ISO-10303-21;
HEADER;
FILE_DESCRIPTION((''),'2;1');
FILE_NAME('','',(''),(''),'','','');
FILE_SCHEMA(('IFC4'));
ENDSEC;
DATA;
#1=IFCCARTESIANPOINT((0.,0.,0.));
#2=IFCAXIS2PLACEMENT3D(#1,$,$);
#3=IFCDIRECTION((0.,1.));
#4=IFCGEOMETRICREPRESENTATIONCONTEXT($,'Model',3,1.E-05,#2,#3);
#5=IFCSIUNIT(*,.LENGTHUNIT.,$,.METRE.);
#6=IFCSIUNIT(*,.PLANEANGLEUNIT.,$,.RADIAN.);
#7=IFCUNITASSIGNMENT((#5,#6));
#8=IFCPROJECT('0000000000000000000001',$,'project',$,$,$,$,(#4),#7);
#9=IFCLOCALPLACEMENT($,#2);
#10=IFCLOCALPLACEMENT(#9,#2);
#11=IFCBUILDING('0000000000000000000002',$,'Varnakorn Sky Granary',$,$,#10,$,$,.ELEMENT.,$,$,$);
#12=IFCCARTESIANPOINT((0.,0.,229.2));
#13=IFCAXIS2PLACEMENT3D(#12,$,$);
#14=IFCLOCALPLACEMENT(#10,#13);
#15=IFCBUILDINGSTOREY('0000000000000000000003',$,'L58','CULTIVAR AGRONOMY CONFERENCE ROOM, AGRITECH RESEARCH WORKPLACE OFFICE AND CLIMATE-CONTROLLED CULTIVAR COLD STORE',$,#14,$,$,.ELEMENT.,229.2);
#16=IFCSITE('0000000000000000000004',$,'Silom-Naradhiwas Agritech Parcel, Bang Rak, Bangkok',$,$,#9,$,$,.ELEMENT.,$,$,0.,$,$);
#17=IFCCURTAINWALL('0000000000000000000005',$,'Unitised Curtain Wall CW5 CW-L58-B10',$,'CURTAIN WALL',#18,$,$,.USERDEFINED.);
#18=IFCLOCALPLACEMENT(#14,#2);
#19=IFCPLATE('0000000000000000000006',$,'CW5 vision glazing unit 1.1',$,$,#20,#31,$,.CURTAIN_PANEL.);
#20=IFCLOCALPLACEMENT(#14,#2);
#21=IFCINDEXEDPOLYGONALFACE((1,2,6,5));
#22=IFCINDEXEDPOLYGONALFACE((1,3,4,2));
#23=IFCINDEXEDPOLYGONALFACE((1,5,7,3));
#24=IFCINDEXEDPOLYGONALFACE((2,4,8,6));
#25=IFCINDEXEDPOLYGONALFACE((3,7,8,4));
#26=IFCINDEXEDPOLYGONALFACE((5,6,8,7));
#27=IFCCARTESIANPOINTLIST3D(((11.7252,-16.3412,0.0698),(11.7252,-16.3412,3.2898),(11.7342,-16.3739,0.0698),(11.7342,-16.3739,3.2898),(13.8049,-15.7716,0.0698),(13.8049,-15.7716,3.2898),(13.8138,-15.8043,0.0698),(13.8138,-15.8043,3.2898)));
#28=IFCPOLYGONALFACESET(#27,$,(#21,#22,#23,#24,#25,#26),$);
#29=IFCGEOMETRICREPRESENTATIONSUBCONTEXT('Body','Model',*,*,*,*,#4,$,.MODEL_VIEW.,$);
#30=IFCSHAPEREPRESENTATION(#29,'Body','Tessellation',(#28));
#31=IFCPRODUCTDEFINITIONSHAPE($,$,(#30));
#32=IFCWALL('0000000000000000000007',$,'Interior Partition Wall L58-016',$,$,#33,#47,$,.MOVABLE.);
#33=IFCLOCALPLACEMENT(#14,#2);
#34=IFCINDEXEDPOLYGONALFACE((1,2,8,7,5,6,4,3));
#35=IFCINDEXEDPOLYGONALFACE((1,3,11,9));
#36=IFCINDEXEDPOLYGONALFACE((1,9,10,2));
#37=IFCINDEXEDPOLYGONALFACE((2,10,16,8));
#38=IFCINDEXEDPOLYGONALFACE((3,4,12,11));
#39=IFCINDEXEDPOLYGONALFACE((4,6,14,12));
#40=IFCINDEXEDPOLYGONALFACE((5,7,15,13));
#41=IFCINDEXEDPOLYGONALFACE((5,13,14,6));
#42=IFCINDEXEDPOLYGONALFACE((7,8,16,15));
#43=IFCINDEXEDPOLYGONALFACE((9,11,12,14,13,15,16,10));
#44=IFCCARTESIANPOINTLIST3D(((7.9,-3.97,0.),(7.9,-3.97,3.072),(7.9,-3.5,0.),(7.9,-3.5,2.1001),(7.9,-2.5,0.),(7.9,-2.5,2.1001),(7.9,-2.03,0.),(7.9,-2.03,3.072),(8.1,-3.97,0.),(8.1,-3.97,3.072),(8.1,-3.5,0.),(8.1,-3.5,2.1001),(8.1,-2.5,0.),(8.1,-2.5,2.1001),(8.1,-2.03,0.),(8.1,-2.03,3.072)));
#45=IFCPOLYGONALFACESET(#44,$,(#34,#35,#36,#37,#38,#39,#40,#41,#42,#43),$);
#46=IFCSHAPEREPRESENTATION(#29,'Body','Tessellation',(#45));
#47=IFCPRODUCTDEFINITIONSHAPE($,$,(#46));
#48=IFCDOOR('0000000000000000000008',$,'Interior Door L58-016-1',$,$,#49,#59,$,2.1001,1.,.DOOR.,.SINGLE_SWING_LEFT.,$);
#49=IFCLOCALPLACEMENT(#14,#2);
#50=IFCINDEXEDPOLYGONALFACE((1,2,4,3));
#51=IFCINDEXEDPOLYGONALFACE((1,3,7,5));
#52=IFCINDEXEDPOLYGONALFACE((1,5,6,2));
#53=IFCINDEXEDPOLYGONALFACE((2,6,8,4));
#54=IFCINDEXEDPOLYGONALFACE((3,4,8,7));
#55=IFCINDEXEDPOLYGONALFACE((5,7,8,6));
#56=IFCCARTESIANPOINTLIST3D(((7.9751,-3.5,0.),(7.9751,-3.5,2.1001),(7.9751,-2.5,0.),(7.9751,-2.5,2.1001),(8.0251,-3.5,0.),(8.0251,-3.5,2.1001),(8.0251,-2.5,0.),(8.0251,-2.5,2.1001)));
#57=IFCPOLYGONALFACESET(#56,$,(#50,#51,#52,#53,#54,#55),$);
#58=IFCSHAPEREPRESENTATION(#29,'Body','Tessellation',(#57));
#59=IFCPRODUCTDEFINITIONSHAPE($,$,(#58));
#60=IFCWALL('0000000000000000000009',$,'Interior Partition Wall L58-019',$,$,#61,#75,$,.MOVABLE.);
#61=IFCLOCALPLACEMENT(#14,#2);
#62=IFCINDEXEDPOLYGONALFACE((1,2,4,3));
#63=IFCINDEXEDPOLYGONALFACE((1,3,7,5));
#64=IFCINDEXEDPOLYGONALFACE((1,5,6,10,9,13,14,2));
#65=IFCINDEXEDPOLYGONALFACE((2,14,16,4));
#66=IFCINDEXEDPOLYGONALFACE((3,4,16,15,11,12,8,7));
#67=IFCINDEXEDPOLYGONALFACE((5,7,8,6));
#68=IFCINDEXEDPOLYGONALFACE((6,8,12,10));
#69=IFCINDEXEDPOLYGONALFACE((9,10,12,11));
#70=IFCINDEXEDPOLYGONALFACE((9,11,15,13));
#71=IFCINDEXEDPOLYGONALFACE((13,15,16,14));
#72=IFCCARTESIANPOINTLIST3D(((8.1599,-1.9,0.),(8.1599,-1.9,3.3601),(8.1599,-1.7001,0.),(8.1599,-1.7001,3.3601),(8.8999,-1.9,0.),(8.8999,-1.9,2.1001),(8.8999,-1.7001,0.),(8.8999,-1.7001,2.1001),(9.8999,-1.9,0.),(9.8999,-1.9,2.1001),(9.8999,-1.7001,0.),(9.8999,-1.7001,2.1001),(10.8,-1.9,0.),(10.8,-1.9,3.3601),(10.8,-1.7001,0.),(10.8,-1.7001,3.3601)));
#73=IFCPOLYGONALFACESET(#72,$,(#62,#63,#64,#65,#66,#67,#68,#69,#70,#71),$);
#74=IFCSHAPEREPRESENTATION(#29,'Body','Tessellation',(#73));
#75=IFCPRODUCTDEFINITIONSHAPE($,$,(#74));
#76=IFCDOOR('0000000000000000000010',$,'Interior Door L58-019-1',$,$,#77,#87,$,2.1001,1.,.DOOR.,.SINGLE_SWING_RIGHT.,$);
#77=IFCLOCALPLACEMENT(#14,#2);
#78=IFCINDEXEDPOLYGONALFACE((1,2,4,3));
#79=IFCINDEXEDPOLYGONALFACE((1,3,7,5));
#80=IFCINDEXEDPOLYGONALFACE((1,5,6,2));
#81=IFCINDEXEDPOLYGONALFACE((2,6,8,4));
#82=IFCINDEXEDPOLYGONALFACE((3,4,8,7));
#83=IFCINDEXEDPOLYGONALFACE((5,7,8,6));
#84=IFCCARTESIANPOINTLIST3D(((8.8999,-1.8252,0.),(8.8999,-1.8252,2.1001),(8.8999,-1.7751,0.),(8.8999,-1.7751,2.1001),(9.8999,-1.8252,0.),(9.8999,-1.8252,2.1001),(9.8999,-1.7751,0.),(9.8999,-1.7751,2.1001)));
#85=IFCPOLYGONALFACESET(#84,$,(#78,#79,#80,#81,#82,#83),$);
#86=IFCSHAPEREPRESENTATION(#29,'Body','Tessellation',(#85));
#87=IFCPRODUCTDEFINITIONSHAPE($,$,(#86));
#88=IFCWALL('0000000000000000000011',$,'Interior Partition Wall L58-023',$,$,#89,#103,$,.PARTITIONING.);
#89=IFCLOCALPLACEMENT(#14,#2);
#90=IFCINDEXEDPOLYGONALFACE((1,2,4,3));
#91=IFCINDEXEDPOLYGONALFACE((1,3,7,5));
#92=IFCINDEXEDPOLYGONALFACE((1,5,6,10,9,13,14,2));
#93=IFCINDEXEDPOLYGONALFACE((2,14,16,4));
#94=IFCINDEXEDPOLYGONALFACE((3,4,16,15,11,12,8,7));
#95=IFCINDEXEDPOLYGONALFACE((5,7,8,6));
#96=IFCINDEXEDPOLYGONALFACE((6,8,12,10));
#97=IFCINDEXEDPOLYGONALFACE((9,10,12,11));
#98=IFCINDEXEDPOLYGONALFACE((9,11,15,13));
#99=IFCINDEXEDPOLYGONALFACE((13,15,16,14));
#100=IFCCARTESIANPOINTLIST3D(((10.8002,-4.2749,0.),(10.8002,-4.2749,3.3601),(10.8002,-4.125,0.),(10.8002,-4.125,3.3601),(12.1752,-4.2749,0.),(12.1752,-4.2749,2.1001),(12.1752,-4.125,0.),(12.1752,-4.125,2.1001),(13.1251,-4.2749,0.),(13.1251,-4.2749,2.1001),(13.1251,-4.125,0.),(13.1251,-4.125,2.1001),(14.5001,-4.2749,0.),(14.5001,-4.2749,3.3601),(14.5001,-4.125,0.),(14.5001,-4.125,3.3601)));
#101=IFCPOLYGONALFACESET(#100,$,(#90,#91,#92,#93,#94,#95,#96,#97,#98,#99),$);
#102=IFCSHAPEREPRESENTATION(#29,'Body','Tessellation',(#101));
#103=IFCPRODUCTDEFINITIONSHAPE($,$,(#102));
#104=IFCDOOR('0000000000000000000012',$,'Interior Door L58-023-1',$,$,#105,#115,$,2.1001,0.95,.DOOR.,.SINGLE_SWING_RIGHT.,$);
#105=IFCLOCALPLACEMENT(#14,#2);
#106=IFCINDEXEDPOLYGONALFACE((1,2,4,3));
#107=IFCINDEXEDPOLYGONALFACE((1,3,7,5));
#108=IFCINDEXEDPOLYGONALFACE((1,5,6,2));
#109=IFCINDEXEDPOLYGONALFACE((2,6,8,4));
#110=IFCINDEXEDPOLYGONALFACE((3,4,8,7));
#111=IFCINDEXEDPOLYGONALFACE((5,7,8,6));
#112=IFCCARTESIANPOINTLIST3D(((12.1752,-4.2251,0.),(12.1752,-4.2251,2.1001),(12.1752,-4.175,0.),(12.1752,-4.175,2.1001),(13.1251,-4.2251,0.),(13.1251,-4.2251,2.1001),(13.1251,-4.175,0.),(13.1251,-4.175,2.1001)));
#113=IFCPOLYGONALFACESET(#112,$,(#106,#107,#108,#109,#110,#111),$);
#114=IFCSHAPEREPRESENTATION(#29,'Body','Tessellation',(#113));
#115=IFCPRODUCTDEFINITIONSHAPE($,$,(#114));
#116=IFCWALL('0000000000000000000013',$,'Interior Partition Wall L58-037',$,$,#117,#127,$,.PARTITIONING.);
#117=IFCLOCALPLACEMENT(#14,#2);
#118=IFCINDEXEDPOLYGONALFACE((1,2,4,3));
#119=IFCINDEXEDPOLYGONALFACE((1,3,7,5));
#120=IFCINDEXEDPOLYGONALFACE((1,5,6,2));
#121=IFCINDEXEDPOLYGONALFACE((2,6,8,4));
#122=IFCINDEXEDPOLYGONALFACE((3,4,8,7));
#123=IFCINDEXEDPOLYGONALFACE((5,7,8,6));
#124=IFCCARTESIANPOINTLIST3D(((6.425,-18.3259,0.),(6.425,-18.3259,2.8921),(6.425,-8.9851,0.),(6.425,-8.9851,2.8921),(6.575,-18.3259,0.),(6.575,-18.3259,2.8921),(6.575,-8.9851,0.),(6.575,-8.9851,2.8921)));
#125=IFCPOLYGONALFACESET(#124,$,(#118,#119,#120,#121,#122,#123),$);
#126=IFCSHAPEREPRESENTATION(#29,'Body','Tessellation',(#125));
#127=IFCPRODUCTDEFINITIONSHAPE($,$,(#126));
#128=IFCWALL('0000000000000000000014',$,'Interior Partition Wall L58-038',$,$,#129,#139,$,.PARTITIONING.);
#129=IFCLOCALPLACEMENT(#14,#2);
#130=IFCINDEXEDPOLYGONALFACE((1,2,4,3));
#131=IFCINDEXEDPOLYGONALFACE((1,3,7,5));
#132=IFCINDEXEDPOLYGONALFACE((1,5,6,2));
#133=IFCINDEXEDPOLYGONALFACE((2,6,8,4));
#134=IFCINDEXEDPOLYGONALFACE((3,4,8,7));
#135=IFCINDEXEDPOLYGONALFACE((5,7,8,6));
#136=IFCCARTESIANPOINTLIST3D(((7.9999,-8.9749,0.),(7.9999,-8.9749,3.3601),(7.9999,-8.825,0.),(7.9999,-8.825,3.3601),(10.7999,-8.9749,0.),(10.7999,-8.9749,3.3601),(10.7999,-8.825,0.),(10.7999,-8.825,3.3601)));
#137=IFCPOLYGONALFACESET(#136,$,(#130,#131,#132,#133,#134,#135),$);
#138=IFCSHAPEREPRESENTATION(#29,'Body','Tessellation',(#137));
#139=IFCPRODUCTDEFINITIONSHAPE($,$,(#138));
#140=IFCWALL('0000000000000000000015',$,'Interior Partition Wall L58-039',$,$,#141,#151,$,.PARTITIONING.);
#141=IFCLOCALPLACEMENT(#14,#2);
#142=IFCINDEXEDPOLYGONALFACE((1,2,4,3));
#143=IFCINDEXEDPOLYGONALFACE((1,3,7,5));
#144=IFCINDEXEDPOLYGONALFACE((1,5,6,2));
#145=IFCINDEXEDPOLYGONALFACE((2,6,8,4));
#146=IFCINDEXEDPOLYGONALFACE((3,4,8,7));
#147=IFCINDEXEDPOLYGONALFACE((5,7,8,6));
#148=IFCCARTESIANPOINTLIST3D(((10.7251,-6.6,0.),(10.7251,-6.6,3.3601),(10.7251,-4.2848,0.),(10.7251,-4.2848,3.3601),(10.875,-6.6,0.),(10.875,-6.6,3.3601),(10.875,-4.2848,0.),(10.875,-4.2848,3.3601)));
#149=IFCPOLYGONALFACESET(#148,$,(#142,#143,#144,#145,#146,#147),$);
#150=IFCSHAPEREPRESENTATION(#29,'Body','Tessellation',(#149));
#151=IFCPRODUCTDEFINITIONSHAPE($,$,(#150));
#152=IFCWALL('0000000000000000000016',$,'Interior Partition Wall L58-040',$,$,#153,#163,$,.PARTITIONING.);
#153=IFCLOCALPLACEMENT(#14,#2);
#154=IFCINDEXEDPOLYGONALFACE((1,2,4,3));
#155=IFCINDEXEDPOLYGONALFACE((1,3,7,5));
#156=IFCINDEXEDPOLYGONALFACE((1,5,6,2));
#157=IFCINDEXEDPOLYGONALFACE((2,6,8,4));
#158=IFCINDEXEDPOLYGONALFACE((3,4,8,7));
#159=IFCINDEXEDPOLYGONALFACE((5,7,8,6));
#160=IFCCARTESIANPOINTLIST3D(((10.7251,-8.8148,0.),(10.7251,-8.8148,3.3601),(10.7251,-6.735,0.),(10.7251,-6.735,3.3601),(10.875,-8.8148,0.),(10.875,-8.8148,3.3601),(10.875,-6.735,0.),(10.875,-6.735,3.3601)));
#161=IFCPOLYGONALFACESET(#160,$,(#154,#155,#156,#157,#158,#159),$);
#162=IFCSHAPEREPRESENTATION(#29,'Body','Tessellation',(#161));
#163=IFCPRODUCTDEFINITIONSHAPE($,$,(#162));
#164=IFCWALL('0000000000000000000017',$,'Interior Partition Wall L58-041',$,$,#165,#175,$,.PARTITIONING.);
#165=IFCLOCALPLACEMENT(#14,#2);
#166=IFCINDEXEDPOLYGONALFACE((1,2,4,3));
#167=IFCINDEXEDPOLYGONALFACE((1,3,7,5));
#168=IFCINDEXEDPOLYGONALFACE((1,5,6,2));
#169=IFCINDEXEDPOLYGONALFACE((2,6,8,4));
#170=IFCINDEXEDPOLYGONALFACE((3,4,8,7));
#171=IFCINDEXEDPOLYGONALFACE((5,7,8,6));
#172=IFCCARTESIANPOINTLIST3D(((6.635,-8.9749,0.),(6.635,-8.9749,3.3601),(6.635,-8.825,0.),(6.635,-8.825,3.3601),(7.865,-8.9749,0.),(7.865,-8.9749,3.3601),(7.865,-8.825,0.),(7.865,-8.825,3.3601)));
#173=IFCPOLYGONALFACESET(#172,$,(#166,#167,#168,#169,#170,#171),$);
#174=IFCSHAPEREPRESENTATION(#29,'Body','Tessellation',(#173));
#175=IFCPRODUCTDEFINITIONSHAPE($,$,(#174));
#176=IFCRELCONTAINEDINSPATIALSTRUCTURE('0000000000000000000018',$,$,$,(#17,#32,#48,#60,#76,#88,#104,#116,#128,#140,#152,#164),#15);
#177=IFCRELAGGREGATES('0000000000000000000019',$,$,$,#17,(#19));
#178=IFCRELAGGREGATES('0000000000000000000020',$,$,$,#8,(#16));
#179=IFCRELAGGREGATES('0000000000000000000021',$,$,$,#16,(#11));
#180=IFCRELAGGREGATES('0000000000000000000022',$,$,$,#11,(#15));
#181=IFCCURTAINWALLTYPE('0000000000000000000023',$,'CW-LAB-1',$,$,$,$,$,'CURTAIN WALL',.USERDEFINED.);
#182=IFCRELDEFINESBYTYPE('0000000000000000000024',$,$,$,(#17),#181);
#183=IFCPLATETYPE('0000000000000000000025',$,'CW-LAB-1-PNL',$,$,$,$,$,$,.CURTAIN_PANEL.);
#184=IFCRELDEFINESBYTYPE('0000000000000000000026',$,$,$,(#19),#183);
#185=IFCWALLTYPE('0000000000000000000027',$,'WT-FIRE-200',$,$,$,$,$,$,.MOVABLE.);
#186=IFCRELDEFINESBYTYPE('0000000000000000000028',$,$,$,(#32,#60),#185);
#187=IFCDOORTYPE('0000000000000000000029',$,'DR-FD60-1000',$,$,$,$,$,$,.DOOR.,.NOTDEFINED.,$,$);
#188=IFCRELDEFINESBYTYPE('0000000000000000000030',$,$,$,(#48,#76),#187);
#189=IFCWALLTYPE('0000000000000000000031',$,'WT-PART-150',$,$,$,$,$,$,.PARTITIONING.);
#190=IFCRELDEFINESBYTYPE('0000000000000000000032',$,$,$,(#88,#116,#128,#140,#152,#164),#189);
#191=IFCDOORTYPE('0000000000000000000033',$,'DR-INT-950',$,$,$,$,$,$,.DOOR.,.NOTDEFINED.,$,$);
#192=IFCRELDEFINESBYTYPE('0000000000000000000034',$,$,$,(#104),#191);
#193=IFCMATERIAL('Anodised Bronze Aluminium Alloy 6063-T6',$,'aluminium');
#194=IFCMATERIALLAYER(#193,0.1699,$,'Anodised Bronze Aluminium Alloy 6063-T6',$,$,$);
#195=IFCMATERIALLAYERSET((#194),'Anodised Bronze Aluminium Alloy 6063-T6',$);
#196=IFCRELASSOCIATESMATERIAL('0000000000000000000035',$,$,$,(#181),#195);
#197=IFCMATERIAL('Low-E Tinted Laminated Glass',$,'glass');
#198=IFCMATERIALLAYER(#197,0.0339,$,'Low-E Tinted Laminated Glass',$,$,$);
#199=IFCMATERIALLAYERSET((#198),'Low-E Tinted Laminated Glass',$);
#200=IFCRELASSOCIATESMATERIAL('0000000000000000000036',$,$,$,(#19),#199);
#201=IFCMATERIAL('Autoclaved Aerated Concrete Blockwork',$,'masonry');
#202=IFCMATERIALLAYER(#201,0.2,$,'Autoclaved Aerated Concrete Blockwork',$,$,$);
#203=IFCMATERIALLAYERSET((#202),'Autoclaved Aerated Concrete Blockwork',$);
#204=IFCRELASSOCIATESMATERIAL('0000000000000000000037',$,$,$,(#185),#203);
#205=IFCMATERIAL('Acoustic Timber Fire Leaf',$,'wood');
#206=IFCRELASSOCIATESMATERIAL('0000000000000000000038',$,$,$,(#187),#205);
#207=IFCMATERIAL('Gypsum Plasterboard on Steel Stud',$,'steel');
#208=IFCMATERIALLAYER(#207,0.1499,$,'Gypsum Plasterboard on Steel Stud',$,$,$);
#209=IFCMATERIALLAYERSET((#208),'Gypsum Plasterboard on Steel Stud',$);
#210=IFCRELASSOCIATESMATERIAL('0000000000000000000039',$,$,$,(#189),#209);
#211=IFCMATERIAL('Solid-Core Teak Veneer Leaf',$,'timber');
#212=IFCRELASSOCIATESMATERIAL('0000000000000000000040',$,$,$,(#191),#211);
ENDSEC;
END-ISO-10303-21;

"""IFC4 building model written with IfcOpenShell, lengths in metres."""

from ifc_helpers import new_model, si_unit, direction, frame, frame_2d, origin, origin_2d, place, context, subcontext, project, spatial, rectangle, extrude, source, transform, mapped, material, layer, layer_set, type_object, type_shapes, element, fill, aggregate, save


model = new_model("IFC4")

# Units and contexts
model_context = context("Model", 3, precision=1e-05, world=origin(), true_north=direction((0.0, 1.0)))
body_context = subcontext(model_context, "Body", "Model", "MODEL_VIEW")
ifc_project = project(units=[si_unit("LENGTHUNIT", "METRE"), si_unit("PLANEANGLEUNIT", "RADIAN")], contexts=[model_context])

# Site, building, storey
site_placement = place(None, origin())
site = spatial("IfcSite", under=ifc_project, at=site_placement, Name="Silom-Naradhiwas Agritech Parcel, Bang Rak, Bangkok", CompositionType="ELEMENT", RefElevation=0.0)
building_placement = place(site_placement, origin())
building = spatial("IfcBuilding", under=site, at=building_placement, Name="Varnakorn Sky Granary", CompositionType="ELEMENT")
storey_placement = place(building_placement, frame((0.0, 0.0, 229.2)))
storey = spatial("IfcBuildingStorey", under=building, at=storey_placement, Name="L58", Description="CULTIVAR AGRONOMY CONFERENCE ROOM, AGRITECH RESEARCH WORKPLACE OFFICE AND CLIMATE-CONTROLLED CULTIVAR COLD STORE", CompositionType="ELEMENT", Elevation=229.2)

# Curtain wall, plate
ifc_material_1 = material(Name="Anodised Bronze Aluminium Alloy 6063-T6", Category="aluminium")
ifc_layer_1 = layer(ifc_material_1, 0.1699, Name="Anodised Bronze Aluminium Alloy 6063-T6")
ifc_layer_set_1 = layer_set([ifc_layer_1], Name="Anodised Bronze Aluminium Alloy 6063-T6")
curtain_wall_type = type_object("IfcCurtainWallType", Name="CW-LAB-1", ElementType="CURTAIN WALL", PredefinedType="USERDEFINED", material=ifc_layer_set_1)
curtain_wall_placement = place(storey_placement, origin())
curtain_wall = element("IfcCurtainWall", 1, at=curtain_wall_placement, inside=storey, type_object=curtain_wall_type, Name="Unitised Curtain Wall CW5 CW-L58-B10", ObjectType="CURTAIN WALL", PredefinedType="USERDEFINED")
ifc_material_2 = material(Name="Low-E Tinted Laminated Glass", Category="glass")
ifc_layer_2 = layer(ifc_material_2, 0.0339, Name="Low-E Tinted Laminated Glass")
ifc_layer_set_2 = layer_set([ifc_layer_2], Name="Low-E Tinted Laminated Glass")
plate_type = type_object("IfcPlateType", Name="CW-LAB-1-PNL", PredefinedType="CURTAIN_PANEL")
shared_shape = source(origin(), body_context, "Body", "SweptSolid", [
    extrude(rectangle(XDim=2.1562, YDim=0.0339, at=origin_2d()), origin(), (0.0, 0.0, 1.0), 3.22),
])
type_shapes(plate_type, [shared_shape])
plate_placement = place(storey_placement, frame((12.7695, -16.0728, 0.0698), z_axis=(0.0, 0.0, 1.0), x_axis=(-0.964476, -0.264172, 0.0)))
plate = element("IfcPlate", 2, at=plate_placement, type_object=plate_type, material=ifc_layer_set_2, Name="CW5 vision glazing unit 1.1", PredefinedType="CURTAIN_PANEL", context=body_context, shape_type="MappedRepresentation", body=[
    mapped(shared_shape, transform((0.0, 0.0, 0.0), x_axis=(1.0, 0.0, 0.0), y_axis=(0.0, 1.0, 0.0), z_axis=(0.0, 0.0, 1.0), scale=1.0)),
])
aggregate(curtain_wall, [plate])

# Walls, openings, doors
ifc_material_3 = material(Name="Autoclaved Aerated Concrete Blockwork", Category="masonry")
ifc_layer_3 = layer(ifc_material_3, 0.2, Name="Autoclaved Aerated Concrete Blockwork")
ifc_layer_set_3 = layer_set([ifc_layer_3], Name="Autoclaved Aerated Concrete Blockwork")
wall_type_1 = type_object("IfcWallType", Name="WT-FIRE-200", PredefinedType="MOVABLE", material=ifc_layer_set_3)
wall_1_placement = place(storey_placement, frame((8.0, -3.97, 0.0), z_axis=(0.0, 0.0, 1.0), x_axis=(0.0, 1.0, 0.0)))
wall_1 = element("IfcWall", 3, at=wall_1_placement, inside=storey, type_object=wall_type_1, Name="Interior Partition Wall L58-016", PredefinedType="MOVABLE", context=body_context, shape_type="SweptSolid", body=[
    extrude(rectangle(XDim=1.9399, YDim=0.2, at=frame_2d((0.97, 0.0))), origin(), (0.0, 0.0, 1.0), 3.072),
])
opening_1_placement = place(wall_1_placement, frame((0.47, 0.0, 0.0)))
opening_1 = element("IfcOpeningElement", 4, at=opening_1_placement, cuts=wall_1, PredefinedType="OPENING", context=body_context, shape_type="SweptSolid", body=[
    extrude(rectangle(XDim=1.0, YDim=2.1001, at=frame_2d((0.5, 1.05))), frame((0.0, 0.1099, 0.0), z_axis=(0.0, -1.0, 0.0), x_axis=(1.0, 0.0, 0.0)), (0.0, 0.0, 1.0), 0.22),
])
ifc_material_4 = material(Name="Acoustic Timber Fire Leaf", Category="wood")
door_type_1 = type_object("IfcDoorType", Name="DR-FD60-1000", OperationType="NOTDEFINED", PredefinedType="DOOR", material=ifc_material_4)
door_1_placement = place(opening_1_placement, origin())
door_1 = element("IfcDoor", 5, at=door_1_placement, inside=storey, type_object=door_type_1, Name="Interior Door L58-016-1", OperationType="SINGLE_SWING_LEFT", OverallHeight=2.1001, OverallWidth=1.0, PredefinedType="DOOR", context=body_context, shape_type="SweptSolid", body=[
    extrude(rectangle(XDim=1.0, YDim=2.1001, at=frame_2d((0.5, 1.05))), frame((0.0, 0.0249, 0.0), z_axis=(0.0, -1.0, 0.0), x_axis=(1.0, 0.0, 0.0)), (0.0, 0.0, 1.0), 0.05),
])
fill(opening_1, door_1)
wall_2_placement = place(storey_placement, frame((8.1599, -1.8, 0.0), z_axis=(0.0, 0.0, 1.0), x_axis=(1.0, 0.0, 0.0)))
wall_2 = element("IfcWall", 6, at=wall_2_placement, inside=storey, type_object=wall_type_1, Name="Interior Partition Wall L58-019", PredefinedType="MOVABLE", context=body_context, shape_type="SweptSolid", body=[
    extrude(rectangle(XDim=2.6401, YDim=0.2, at=frame_2d((1.3201, 0.0))), origin(), (0.0, 0.0, 1.0), 3.3601),
])
opening_2_placement = place(wall_2_placement, frame((0.74, 0.0, 0.0)))
opening_2 = element("IfcOpeningElement", 7, at=opening_2_placement, cuts=wall_2, PredefinedType="OPENING", context=body_context, shape_type="SweptSolid", body=[
    extrude(rectangle(XDim=1.0, YDim=2.1001, at=frame_2d((0.5, 1.05))), frame((0.0, 0.1099, 0.0), z_axis=(0.0, -1.0, 0.0), x_axis=(1.0, 0.0, 0.0)), (0.0, 0.0, 1.0), 0.22),
])
door_2_placement = place(opening_2_placement, origin())
door_2 = element("IfcDoor", 8, at=door_2_placement, inside=storey, type_object=door_type_1, Name="Interior Door L58-019-1", OperationType="SINGLE_SWING_RIGHT", OverallHeight=2.1001, OverallWidth=1.0, PredefinedType="DOOR", context=body_context, shape_type="SweptSolid", body=[
    extrude(rectangle(XDim=1.0, YDim=2.1001, at=frame_2d((0.5, 1.05))), frame((0.0, 0.0249, 0.0), z_axis=(0.0, -1.0, 0.0), x_axis=(1.0, 0.0, 0.0)), (0.0, 0.0, 1.0), 0.05),
])
fill(opening_2, door_2)
ifc_material_5 = material(Name="Gypsum Plasterboard on Steel Stud", Category="steel")
ifc_layer_4 = layer(ifc_material_5, 0.1499, Name="Gypsum Plasterboard on Steel Stud")
ifc_layer_set_4 = layer_set([ifc_layer_4], Name="Gypsum Plasterboard on Steel Stud")
wall_type_2 = type_object("IfcWallType", Name="WT-PART-150", PredefinedType="PARTITIONING", material=ifc_layer_set_4)
wall_3_placement = place(storey_placement, frame((10.8, -4.2, 0.0), z_axis=(0.0, 0.0, 1.0), x_axis=(1.0, 0.0, 0.0)))
wall_3 = element("IfcWall", 9, at=wall_3_placement, inside=storey, type_object=wall_type_2, Name="Interior Partition Wall L58-023", PredefinedType="PARTITIONING", context=body_context, shape_type="SweptSolid", body=[
    extrude(rectangle(XDim=3.7, YDim=0.1499, at=frame_2d((1.8501, 0.0))), origin(), (0.0, 0.0, 1.0), 3.3601),
])
opening_3_placement = place(wall_3_placement, frame((1.375, 0.0, 0.0)))
opening_3 = element("IfcOpeningElement", 10, at=opening_3_placement, cuts=wall_3, PredefinedType="OPENING", context=body_context, shape_type="SweptSolid", body=[
    extrude(rectangle(XDim=0.95, YDim=2.1001, at=frame_2d((0.4751, 1.05))), frame((0.0, 0.085, 0.0), z_axis=(0.0, -1.0, 0.0), x_axis=(1.0, 0.0, 0.0)), (0.0, 0.0, 1.0), 0.1699),
])
ifc_material_6 = material(Name="Solid-Core Teak Veneer Leaf", Category="timber")
door_type_2 = type_object("IfcDoorType", Name="DR-INT-950", OperationType="NOTDEFINED", PredefinedType="DOOR", material=ifc_material_6)
door_3_placement = place(opening_3_placement, origin())
door_3 = element("IfcDoor", 11, at=door_3_placement, inside=storey, type_object=door_type_2, Name="Interior Door L58-023-1", OperationType="SINGLE_SWING_RIGHT", OverallHeight=2.1001, OverallWidth=0.95, PredefinedType="DOOR", context=body_context, shape_type="SweptSolid", body=[
    extrude(rectangle(XDim=0.95, YDim=2.1001, at=frame_2d((0.4751, 1.05))), frame((0.0, 0.0249, 0.0), z_axis=(0.0, -1.0, 0.0), x_axis=(1.0, 0.0, 0.0)), (0.0, 0.0, 1.0), 0.05),
])
fill(opening_3, door_3)

# Walls
wall_4_placement = place(storey_placement, frame((6.5, -8.9851, 0.0), z_axis=(0.0, 0.0, 1.0), x_axis=(0.0, -1.0, 0.0)))
element("IfcWall", 12, at=wall_4_placement, inside=storey, type_object=wall_type_2, Name="Interior Partition Wall L58-037", PredefinedType="PARTITIONING", context=body_context, shape_type="SweptSolid", body=[
    extrude(rectangle(XDim=9.3408, YDim=0.1499, at=frame_2d((4.6704, 0.0))), origin(), (0.0, 0.0, 1.0), 2.8921),
])
wall_5_placement = place(storey_placement, frame((8.0, -8.8999, 0.0), z_axis=(0.0, 0.0, 1.0), x_axis=(1.0, 0.0, 0.0)))
element("IfcWall", 13, at=wall_5_placement, inside=storey, type_object=wall_type_2, Name="Interior Partition Wall L58-038", PredefinedType="PARTITIONING", context=body_context, shape_type="SweptSolid", body=[
    extrude(rectangle(XDim=2.8, YDim=0.1499, at=frame_2d((1.3999, 0.0))), origin(), (0.0, 0.0, 1.0), 3.3601),
])
wall_6_placement = place(storey_placement, frame((10.8, -6.6001, 0.0), z_axis=(0.0, 0.0, 1.0), x_axis=(0.0, 1.0, 0.0)))
element("IfcWall", 14, at=wall_6_placement, inside=storey, type_object=wall_type_2, Name="Interior Partition Wall L58-039", PredefinedType="PARTITIONING", context=body_context, shape_type="SweptSolid", body=[
    extrude(rectangle(XDim=2.3152, YDim=0.1499, at=frame_2d((1.1577, 0.0))), origin(), (0.0, 0.0, 1.0), 3.3601),
])
wall_7_placement = place(storey_placement, frame((10.8, -8.8149, 0.0), z_axis=(0.0, 0.0, 1.0), x_axis=(0.0, 1.0, 0.0)))
element("IfcWall", 15, at=wall_7_placement, inside=storey, type_object=wall_type_2, Name="Interior Partition Wall L58-040", PredefinedType="PARTITIONING", context=body_context, shape_type="SweptSolid", body=[
    extrude(rectangle(XDim=2.0798, YDim=0.1499, at=frame_2d((1.04, 0.0))), origin(), (0.0, 0.0, 1.0), 3.3601),
])
wall_8_placement = place(storey_placement, frame((6.635, -8.8999, 0.0), z_axis=(0.0, 0.0, 1.0), x_axis=(1.0, 0.0, 0.0)))
element("IfcWall", 16, at=wall_8_placement, inside=storey, type_object=wall_type_2, Name="Interior Partition Wall L58-041", PredefinedType="PARTITIONING", context=body_context, shape_type="SweptSolid", body=[
    extrude(rectangle(XDim=1.23, YDim=0.1499, at=frame_2d((0.615, 0.0))), origin(), (0.0, 0.0, 1.0), 3.3601),
])

save(model, "model.ifc")
